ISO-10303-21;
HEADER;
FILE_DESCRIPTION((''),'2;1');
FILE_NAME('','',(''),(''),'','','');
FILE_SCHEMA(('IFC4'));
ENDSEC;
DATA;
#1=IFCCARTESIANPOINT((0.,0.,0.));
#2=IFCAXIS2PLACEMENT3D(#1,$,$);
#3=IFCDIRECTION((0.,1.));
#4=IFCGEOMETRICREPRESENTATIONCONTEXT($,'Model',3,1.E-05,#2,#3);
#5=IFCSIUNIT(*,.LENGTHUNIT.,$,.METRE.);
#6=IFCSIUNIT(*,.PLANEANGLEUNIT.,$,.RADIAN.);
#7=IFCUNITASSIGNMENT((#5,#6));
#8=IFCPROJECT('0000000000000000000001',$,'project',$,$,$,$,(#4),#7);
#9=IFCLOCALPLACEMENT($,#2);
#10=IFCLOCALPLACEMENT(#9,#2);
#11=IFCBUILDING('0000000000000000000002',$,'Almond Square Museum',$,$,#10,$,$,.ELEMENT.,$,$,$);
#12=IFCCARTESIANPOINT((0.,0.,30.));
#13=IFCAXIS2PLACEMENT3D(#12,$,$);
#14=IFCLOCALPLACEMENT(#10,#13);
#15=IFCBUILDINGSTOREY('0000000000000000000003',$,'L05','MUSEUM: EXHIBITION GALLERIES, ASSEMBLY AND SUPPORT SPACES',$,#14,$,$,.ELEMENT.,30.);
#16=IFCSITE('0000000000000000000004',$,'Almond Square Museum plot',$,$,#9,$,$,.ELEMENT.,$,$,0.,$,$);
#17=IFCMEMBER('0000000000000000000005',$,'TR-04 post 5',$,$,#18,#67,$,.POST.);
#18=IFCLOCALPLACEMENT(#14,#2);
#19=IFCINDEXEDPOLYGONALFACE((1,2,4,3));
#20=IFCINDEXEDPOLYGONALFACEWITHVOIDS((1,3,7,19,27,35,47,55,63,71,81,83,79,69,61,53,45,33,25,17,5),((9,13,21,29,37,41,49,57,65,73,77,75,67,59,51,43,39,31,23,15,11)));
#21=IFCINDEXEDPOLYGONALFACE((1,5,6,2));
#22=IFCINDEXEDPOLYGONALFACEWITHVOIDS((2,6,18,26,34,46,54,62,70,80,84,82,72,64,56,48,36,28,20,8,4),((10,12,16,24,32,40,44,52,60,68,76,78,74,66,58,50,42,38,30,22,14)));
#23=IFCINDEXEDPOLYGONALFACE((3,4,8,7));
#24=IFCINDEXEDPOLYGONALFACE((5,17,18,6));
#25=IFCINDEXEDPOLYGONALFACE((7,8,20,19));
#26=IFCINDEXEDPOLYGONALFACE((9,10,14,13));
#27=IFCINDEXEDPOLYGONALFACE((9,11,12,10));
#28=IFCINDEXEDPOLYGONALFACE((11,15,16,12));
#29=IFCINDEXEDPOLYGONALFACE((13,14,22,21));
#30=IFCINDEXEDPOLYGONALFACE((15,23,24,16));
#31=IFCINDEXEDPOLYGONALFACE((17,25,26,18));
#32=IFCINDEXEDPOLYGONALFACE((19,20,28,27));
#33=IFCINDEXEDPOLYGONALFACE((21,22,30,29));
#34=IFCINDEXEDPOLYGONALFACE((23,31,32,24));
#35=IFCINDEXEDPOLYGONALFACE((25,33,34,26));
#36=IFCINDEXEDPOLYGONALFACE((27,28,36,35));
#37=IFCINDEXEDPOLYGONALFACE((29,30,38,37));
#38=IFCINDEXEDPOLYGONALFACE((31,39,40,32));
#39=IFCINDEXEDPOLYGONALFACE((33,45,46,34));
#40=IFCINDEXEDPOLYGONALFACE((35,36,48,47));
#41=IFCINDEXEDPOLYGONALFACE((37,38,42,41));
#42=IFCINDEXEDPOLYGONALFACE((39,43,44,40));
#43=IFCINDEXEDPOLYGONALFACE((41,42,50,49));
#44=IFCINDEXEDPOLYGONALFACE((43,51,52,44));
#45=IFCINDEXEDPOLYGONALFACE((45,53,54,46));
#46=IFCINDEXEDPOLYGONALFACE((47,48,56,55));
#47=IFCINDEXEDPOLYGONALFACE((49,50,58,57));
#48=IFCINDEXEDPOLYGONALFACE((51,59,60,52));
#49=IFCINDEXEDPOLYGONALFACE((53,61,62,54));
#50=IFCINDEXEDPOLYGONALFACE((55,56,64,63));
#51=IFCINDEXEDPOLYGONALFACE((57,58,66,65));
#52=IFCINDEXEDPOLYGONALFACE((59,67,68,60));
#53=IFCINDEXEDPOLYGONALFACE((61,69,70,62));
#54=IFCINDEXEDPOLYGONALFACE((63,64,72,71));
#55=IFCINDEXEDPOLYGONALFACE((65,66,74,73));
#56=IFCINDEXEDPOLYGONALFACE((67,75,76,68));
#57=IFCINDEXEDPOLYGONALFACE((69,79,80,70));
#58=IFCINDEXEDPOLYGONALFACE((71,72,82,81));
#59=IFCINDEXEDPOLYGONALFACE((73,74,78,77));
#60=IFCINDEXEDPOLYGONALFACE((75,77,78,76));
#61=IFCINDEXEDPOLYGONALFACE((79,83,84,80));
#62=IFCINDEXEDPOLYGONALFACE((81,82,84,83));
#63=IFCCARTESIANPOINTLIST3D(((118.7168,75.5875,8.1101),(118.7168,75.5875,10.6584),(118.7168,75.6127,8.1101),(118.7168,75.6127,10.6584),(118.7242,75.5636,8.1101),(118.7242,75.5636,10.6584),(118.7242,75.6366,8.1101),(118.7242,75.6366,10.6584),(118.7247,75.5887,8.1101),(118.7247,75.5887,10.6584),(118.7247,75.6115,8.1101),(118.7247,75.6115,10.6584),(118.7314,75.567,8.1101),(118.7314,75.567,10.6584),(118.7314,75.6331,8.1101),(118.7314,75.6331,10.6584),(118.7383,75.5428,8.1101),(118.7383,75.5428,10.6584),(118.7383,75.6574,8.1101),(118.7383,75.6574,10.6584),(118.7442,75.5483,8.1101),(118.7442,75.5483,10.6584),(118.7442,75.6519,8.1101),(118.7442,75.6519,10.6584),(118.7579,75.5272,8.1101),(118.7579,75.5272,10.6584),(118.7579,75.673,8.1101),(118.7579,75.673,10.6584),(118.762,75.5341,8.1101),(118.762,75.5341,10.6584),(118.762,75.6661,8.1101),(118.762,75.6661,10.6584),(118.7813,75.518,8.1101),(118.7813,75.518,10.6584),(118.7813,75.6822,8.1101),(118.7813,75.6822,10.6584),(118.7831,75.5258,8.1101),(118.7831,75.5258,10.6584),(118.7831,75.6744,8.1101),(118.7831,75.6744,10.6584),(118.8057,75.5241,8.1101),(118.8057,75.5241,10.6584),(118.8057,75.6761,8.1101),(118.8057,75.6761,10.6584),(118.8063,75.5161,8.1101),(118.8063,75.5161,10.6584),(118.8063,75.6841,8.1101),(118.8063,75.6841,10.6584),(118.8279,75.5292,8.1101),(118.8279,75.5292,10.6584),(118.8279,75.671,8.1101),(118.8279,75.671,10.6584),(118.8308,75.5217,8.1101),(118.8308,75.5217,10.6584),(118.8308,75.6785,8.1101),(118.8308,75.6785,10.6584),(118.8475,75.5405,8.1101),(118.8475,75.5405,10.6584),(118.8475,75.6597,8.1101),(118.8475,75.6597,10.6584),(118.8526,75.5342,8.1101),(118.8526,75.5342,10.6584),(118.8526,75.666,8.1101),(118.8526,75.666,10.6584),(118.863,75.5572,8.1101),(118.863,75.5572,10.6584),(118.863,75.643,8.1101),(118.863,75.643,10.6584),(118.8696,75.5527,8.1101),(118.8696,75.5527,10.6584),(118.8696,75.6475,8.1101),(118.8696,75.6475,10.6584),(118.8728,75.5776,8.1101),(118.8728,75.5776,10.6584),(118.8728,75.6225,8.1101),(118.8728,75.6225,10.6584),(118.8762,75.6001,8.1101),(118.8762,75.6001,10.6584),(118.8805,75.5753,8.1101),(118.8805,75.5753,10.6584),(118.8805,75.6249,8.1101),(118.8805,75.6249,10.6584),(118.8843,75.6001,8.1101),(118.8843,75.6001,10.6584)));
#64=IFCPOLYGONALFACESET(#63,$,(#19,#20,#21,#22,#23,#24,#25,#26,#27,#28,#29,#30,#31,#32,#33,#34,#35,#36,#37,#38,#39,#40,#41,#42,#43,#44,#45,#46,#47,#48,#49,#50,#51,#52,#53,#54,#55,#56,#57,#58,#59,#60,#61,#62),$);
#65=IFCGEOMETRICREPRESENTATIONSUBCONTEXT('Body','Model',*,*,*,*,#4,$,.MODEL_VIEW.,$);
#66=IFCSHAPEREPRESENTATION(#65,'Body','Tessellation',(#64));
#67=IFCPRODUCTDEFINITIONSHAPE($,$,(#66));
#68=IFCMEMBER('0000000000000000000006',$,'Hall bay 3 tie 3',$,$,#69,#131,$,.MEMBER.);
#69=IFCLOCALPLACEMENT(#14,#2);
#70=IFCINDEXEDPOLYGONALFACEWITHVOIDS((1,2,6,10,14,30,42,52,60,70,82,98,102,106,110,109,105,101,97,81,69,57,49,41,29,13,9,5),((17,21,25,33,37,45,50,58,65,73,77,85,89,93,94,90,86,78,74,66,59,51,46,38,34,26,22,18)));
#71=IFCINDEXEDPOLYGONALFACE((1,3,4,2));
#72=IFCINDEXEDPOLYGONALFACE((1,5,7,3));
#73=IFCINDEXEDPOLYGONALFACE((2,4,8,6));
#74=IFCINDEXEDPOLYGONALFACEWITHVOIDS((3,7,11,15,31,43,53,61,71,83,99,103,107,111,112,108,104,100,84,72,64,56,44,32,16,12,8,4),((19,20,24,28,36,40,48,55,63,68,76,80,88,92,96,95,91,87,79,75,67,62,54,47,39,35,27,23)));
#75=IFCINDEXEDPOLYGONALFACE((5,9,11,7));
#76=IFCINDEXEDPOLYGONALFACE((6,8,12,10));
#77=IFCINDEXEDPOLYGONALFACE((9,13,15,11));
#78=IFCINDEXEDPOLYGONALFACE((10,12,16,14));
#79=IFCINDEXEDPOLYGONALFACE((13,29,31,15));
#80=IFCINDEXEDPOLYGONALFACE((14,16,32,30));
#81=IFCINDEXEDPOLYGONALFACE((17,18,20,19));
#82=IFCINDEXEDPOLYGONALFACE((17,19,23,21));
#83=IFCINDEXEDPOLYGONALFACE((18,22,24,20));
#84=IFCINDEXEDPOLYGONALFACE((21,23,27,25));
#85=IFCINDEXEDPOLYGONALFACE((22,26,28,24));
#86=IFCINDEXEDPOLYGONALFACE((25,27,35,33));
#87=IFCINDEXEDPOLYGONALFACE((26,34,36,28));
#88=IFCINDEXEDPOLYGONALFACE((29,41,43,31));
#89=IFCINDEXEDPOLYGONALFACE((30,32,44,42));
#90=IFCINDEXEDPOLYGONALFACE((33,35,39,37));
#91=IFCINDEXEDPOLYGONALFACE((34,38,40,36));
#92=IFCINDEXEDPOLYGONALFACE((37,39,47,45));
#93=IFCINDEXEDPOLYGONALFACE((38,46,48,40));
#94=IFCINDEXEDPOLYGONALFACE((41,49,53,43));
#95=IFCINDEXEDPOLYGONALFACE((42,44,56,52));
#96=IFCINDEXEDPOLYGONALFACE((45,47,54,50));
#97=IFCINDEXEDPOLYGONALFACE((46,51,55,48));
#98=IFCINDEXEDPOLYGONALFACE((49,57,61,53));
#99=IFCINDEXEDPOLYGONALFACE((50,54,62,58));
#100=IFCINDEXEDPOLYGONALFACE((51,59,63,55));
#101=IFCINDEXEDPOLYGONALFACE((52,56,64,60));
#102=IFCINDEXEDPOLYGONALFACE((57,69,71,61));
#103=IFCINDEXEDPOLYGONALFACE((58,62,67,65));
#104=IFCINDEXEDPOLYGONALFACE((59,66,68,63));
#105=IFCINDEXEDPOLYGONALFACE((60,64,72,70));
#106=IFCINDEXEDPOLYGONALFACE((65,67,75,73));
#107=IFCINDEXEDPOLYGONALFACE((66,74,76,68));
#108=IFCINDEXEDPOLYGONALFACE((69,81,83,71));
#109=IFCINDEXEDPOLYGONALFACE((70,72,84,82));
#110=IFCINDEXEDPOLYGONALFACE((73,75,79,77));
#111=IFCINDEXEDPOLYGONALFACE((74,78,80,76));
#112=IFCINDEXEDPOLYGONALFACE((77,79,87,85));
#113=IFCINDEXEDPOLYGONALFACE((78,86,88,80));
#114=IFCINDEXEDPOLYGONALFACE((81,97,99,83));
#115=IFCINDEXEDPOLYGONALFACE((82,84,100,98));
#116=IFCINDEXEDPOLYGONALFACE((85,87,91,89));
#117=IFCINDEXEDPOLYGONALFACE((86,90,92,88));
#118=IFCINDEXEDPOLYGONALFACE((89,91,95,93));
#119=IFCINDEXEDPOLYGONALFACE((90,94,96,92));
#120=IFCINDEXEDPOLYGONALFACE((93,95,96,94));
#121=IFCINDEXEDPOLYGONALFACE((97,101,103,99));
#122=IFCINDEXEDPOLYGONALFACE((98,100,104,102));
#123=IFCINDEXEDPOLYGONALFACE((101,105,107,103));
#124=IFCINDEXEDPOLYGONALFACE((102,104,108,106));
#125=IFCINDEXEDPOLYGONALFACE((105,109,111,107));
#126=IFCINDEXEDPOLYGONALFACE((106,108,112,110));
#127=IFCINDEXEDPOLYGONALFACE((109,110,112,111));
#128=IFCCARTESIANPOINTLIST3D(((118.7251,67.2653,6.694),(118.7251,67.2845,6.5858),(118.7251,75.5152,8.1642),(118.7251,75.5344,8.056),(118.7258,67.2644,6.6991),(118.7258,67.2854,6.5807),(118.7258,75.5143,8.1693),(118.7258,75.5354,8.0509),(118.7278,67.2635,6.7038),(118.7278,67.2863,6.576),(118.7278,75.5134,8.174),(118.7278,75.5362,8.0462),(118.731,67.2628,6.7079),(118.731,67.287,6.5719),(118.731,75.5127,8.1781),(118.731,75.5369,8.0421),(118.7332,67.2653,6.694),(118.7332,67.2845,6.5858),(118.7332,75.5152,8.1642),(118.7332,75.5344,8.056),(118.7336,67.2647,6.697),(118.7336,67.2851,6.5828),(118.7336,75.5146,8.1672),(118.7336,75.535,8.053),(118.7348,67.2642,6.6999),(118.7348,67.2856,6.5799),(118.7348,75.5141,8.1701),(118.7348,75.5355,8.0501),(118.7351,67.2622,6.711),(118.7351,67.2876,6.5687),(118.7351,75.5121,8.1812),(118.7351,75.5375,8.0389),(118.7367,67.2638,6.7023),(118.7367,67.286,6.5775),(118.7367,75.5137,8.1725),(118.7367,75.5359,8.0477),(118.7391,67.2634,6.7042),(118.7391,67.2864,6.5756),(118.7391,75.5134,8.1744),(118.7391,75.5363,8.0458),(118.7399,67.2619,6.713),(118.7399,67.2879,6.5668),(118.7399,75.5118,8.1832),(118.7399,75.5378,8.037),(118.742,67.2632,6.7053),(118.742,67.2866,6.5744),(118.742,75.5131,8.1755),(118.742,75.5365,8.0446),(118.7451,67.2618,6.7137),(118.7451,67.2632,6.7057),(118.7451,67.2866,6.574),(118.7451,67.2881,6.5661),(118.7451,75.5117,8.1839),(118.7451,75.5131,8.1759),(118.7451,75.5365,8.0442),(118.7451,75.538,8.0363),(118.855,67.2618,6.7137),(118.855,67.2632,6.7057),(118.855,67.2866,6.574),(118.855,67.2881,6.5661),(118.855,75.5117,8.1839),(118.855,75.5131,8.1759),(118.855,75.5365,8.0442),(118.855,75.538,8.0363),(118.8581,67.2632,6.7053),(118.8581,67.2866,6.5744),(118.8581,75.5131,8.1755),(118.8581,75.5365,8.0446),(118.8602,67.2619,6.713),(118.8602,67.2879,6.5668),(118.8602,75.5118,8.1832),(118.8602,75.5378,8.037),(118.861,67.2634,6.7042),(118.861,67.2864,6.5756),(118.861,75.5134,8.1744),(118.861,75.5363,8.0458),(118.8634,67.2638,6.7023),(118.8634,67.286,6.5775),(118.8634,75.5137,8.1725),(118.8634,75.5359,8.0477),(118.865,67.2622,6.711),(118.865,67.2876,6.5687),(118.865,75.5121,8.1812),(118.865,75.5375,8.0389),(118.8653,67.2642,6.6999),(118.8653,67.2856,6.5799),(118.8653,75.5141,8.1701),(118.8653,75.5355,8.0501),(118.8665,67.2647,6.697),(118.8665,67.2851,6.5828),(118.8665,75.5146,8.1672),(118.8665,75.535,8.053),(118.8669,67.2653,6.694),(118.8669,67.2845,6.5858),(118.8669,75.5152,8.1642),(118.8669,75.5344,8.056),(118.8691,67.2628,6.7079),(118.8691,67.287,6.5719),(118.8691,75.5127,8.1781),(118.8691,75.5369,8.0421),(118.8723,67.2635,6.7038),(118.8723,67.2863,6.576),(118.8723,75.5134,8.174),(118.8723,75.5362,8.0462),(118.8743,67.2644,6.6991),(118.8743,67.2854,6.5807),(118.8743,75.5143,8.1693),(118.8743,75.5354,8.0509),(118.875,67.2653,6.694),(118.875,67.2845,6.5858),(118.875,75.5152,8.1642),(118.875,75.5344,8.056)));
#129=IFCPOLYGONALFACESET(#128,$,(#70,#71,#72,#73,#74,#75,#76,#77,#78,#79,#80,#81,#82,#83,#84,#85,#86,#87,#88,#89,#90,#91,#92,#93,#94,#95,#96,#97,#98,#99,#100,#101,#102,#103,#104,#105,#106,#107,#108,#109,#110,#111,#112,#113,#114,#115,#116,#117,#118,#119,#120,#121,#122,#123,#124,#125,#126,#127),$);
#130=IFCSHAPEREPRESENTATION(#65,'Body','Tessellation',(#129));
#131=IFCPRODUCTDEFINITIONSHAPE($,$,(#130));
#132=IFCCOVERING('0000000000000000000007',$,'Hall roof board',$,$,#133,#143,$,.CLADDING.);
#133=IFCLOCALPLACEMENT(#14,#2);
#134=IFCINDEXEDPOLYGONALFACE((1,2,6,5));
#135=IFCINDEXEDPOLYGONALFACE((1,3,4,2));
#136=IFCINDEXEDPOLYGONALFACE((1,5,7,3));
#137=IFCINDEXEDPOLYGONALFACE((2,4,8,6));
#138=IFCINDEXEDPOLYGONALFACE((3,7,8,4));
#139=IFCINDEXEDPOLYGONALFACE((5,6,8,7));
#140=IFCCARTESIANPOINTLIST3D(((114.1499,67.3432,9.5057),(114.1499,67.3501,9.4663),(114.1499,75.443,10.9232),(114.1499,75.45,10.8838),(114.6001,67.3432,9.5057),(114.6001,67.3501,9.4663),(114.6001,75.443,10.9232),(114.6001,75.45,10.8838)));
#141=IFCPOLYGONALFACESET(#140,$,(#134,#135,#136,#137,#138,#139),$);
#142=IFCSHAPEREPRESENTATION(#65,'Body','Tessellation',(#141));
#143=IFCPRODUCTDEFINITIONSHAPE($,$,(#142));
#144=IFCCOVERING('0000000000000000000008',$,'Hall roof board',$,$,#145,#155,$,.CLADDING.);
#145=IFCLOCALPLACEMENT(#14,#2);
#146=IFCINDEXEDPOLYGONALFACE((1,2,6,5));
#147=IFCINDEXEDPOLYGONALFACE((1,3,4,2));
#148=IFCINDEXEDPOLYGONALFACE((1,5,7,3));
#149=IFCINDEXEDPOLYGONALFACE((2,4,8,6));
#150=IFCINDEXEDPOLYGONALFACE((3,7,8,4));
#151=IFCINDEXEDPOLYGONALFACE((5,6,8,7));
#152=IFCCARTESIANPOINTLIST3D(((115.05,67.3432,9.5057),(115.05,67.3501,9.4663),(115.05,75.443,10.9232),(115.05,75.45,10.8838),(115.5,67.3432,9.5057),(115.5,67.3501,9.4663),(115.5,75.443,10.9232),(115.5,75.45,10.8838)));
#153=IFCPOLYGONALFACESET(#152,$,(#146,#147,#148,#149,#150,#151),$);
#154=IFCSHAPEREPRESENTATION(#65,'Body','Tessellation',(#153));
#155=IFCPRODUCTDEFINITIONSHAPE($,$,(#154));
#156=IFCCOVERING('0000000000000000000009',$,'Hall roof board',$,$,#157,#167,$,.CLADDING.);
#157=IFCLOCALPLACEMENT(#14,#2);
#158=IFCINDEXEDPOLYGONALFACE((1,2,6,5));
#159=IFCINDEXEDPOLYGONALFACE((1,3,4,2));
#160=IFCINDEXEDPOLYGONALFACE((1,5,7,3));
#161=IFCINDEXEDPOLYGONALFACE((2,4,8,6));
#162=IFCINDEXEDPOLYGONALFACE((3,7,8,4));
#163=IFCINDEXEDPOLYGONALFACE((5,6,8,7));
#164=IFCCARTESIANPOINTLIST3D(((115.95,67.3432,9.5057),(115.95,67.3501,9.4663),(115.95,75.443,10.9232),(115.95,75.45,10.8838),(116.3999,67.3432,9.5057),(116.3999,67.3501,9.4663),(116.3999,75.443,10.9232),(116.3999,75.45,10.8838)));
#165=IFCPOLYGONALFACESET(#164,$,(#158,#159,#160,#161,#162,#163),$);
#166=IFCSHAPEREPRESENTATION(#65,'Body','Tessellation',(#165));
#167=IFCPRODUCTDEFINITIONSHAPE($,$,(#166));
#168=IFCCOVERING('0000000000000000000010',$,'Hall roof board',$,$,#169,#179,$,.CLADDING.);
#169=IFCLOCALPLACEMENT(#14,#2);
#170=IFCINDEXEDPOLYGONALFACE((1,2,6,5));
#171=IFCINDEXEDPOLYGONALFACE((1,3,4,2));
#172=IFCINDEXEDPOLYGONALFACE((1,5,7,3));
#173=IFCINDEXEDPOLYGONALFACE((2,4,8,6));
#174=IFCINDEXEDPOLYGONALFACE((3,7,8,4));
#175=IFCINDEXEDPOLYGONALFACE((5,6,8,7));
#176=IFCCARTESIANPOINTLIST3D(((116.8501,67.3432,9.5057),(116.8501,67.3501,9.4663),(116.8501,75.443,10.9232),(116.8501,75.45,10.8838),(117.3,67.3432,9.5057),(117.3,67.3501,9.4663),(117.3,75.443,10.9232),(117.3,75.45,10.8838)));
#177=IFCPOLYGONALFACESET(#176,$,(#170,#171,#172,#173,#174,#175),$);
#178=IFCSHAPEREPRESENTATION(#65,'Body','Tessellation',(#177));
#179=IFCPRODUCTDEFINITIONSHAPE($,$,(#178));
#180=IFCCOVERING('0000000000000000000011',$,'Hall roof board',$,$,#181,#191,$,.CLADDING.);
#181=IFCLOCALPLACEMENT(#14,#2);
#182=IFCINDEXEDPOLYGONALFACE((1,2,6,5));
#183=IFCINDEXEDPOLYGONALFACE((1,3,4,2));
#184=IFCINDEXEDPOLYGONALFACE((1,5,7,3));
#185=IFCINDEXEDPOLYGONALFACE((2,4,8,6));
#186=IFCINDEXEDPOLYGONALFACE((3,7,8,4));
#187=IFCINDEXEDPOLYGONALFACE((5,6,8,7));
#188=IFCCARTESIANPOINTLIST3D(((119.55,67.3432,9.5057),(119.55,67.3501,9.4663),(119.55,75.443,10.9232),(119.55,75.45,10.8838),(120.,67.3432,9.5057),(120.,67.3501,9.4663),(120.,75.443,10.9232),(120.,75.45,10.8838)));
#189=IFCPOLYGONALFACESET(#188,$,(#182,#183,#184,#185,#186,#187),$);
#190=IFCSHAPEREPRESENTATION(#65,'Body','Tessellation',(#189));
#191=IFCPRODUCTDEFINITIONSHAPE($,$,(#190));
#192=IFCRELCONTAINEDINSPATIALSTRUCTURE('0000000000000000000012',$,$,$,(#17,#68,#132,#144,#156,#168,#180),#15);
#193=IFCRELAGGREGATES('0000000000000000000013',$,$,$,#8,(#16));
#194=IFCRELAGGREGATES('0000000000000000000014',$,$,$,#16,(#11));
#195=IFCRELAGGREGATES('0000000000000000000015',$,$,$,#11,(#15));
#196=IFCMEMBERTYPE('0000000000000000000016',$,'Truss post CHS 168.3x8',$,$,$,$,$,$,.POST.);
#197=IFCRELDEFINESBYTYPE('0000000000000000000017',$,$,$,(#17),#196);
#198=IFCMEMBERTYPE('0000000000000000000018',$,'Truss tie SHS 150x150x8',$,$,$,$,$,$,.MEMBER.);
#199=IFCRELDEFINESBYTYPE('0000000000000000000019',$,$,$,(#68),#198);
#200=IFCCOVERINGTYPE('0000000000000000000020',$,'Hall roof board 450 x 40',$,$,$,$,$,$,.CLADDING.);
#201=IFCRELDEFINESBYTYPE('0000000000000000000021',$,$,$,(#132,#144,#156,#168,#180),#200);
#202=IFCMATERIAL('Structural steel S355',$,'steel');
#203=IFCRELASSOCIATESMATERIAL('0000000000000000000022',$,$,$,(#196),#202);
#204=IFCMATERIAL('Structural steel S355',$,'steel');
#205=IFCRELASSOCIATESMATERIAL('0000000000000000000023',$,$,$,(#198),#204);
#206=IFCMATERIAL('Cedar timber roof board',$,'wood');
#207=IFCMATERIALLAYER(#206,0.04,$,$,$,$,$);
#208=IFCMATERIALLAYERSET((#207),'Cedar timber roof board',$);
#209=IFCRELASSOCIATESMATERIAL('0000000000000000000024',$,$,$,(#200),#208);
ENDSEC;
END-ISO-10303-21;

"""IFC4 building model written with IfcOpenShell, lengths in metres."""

from ifc_helpers import new_model, si_unit, direction, frame, origin, origin_2d, place, context, subcontext, project, spatial, polyline, hollow_rectangle, hollow_circle, outline, extrude, material, layer, layer_set, material_profile, profile_set, type_object, element, save


model = new_model("IFC4")

# Units and contexts
model_context = context("Model", 3, precision=1e-05, world=origin(), true_north=direction((0.0, 1.0)))
body_context = subcontext(model_context, "Body", "Model", "MODEL_VIEW")
ifc_project = project(units=[si_unit("LENGTHUNIT", "METRE"), si_unit("PLANEANGLEUNIT", "RADIAN")], contexts=[model_context])

# Site, building, storey
site_placement = place(None, origin())
site = spatial("IfcSite", under=ifc_project, at=site_placement, Name="Almond Square Museum plot", CompositionType="ELEMENT", RefElevation=0.0)
building_placement = place(site_placement, origin())
building = spatial("IfcBuilding", under=site, at=building_placement, Name="Almond Square Museum", CompositionType="ELEMENT")
storey_placement = place(building_placement, frame((0.0, 0.0, 30.0)))
storey = spatial("IfcBuildingStorey", under=building, at=storey_placement, Name="L05", Description="MUSEUM: EXHIBITION GALLERIES, ASSEMBLY AND SUPPORT SPACES", CompositionType="ELEMENT", Elevation=30.0)

# Members
ifc_material_1 = material(Name="Structural steel S355", Category="steel")
ifc_material_profile_1 = material_profile(ifc_material_1, hollow_circle(Radius=0.0842, WallThickness=0.0081, at=origin_2d()))
ifc_profile_set_1 = profile_set([ifc_material_profile_1], Name="Structural steel S355")
member_type_1 = type_object("IfcMemberType", Name="Truss post CHS 168.3x8", PredefinedType="POST", material=ifc_profile_set_1)
for number, where, z_axis, x_axis, name in (
    (1, (118.8, 75.6001, 8.1101), (0.0, 0.0, 1.0), (1.0, 0.0, 0.0), "TR-04 post 5"),
):
    element("IfcMember", number, at=place(storey_placement, frame(where, z_axis=z_axis, x_axis=x_axis)), inside=storey, type_object=member_type_1, Name=name, PredefinedType="POST", context=body_context, shape_type="SweptSolid", body=[
        extrude(hollow_circle(Radius=0.0842, WallThickness=0.0081, at=origin_2d()), origin(), (0.0, 0.0, 1.0), 2.5483),
    ])
ifc_material_2 = material(Name="Structural steel S355", Category="steel")
ifc_material_profile_2 = material_profile(ifc_material_2, hollow_rectangle(XDim=0.1499, YDim=0.1499, WallThickness=0.0081, InnerFilletRadius=0.012, OuterFilletRadius=0.02, at=origin_2d()))
ifc_profile_set_2 = profile_set([ifc_material_profile_2], Name="Structural steel S355")
member_type_2 = type_object("IfcMemberType", Name="Truss tie SHS 150x150x8", PredefinedType="MEMBER", material=ifc_profile_set_2)
member_placement = place(storey_placement, frame((118.8, 67.2749, 6.6399), z_axis=(0.0, 0.984489, 0.175444), x_axis=(-1.0, 0.0, 0.0)))
element("IfcMember", 2, at=member_placement, inside=storey, type_object=member_type_2, Name="Hall bay 3 tie 3", PredefinedType="MEMBER", context=body_context, shape_type="SweptSolid", body=[
    extrude(hollow_rectangle(XDim=0.1499, YDim=0.1499, WallThickness=0.0081, InnerFilletRadius=0.012, OuterFilletRadius=0.02, at=origin_2d()), origin(), (0.0, 0.0, 1.0), 8.3799),
])

# Coverings
ifc_material_3 = material(Name="Cedar timber roof board", Category="wood")
ifc_layer = layer(ifc_material_3, 0.04)
ifc_layer_set = layer_set([ifc_layer], Name="Cedar timber roof board")
covering_type = type_object("IfcCoveringType", Name="Hall roof board 450 x 40", PredefinedType="CLADDING", material=ifc_layer_set)
covering_placement = place(storey_placement, frame((114.6001, 75.45, 10.8838), z_axis=(0.0, -0.172381, 0.98503), x_axis=(-1.0, 0.0, 0.0)))
element("IfcCovering", 3, at=covering_placement, inside=storey, type_object=covering_type, Name="Hall roof board", PredefinedType="CLADDING", context=body_context, shape_type="SweptSolid", body=[
    extrude(outline(polyline([(0.0, 0.0), (0.4502, 0.0), (0.4502, 8.2229), (0.0, 8.2229), (0.0, 0.0)])), origin(), (0.0, 0.0, 1.0), 0.04),
])
for number, where, z_axis, x_axis, name in (
    (4, (115.5, 75.45, 10.8838), (0.0, -0.172381, 0.98503), (-1.0, 0.0, 0.0), "Hall roof board"),
    (5, (116.3999, 75.45, 10.8838), (0.0, -0.172381, 0.98503), (-1.0, 0.0, 0.0), "Hall roof board"),
    (6, (117.3, 75.45, 10.8838), (0.0, -0.172381, 0.98503), (-1.0, 0.0, 0.0), "Hall roof board"),
    (7, (120.0, 75.45, 10.8838), (0.0, -0.172381, 0.98503), (-1.0, 0.0, 0.0), "Hall roof board"),
):
    element("IfcCovering", number, at=place(storey_placement, frame(where, z_axis=z_axis, x_axis=x_axis)), inside=storey, type_object=covering_type, Name=name, PredefinedType="CLADDING", context=body_context, shape_type="SweptSolid", body=[
        extrude(outline(polyline([(0.0, 0.0), (0.45, 0.0), (0.45, 8.2229), (0.0, 8.2229), (0.0, 0.0)])), origin(), (0.0, 0.0, 1.0), 0.04),
    ])

save(model, "model.ifc")
